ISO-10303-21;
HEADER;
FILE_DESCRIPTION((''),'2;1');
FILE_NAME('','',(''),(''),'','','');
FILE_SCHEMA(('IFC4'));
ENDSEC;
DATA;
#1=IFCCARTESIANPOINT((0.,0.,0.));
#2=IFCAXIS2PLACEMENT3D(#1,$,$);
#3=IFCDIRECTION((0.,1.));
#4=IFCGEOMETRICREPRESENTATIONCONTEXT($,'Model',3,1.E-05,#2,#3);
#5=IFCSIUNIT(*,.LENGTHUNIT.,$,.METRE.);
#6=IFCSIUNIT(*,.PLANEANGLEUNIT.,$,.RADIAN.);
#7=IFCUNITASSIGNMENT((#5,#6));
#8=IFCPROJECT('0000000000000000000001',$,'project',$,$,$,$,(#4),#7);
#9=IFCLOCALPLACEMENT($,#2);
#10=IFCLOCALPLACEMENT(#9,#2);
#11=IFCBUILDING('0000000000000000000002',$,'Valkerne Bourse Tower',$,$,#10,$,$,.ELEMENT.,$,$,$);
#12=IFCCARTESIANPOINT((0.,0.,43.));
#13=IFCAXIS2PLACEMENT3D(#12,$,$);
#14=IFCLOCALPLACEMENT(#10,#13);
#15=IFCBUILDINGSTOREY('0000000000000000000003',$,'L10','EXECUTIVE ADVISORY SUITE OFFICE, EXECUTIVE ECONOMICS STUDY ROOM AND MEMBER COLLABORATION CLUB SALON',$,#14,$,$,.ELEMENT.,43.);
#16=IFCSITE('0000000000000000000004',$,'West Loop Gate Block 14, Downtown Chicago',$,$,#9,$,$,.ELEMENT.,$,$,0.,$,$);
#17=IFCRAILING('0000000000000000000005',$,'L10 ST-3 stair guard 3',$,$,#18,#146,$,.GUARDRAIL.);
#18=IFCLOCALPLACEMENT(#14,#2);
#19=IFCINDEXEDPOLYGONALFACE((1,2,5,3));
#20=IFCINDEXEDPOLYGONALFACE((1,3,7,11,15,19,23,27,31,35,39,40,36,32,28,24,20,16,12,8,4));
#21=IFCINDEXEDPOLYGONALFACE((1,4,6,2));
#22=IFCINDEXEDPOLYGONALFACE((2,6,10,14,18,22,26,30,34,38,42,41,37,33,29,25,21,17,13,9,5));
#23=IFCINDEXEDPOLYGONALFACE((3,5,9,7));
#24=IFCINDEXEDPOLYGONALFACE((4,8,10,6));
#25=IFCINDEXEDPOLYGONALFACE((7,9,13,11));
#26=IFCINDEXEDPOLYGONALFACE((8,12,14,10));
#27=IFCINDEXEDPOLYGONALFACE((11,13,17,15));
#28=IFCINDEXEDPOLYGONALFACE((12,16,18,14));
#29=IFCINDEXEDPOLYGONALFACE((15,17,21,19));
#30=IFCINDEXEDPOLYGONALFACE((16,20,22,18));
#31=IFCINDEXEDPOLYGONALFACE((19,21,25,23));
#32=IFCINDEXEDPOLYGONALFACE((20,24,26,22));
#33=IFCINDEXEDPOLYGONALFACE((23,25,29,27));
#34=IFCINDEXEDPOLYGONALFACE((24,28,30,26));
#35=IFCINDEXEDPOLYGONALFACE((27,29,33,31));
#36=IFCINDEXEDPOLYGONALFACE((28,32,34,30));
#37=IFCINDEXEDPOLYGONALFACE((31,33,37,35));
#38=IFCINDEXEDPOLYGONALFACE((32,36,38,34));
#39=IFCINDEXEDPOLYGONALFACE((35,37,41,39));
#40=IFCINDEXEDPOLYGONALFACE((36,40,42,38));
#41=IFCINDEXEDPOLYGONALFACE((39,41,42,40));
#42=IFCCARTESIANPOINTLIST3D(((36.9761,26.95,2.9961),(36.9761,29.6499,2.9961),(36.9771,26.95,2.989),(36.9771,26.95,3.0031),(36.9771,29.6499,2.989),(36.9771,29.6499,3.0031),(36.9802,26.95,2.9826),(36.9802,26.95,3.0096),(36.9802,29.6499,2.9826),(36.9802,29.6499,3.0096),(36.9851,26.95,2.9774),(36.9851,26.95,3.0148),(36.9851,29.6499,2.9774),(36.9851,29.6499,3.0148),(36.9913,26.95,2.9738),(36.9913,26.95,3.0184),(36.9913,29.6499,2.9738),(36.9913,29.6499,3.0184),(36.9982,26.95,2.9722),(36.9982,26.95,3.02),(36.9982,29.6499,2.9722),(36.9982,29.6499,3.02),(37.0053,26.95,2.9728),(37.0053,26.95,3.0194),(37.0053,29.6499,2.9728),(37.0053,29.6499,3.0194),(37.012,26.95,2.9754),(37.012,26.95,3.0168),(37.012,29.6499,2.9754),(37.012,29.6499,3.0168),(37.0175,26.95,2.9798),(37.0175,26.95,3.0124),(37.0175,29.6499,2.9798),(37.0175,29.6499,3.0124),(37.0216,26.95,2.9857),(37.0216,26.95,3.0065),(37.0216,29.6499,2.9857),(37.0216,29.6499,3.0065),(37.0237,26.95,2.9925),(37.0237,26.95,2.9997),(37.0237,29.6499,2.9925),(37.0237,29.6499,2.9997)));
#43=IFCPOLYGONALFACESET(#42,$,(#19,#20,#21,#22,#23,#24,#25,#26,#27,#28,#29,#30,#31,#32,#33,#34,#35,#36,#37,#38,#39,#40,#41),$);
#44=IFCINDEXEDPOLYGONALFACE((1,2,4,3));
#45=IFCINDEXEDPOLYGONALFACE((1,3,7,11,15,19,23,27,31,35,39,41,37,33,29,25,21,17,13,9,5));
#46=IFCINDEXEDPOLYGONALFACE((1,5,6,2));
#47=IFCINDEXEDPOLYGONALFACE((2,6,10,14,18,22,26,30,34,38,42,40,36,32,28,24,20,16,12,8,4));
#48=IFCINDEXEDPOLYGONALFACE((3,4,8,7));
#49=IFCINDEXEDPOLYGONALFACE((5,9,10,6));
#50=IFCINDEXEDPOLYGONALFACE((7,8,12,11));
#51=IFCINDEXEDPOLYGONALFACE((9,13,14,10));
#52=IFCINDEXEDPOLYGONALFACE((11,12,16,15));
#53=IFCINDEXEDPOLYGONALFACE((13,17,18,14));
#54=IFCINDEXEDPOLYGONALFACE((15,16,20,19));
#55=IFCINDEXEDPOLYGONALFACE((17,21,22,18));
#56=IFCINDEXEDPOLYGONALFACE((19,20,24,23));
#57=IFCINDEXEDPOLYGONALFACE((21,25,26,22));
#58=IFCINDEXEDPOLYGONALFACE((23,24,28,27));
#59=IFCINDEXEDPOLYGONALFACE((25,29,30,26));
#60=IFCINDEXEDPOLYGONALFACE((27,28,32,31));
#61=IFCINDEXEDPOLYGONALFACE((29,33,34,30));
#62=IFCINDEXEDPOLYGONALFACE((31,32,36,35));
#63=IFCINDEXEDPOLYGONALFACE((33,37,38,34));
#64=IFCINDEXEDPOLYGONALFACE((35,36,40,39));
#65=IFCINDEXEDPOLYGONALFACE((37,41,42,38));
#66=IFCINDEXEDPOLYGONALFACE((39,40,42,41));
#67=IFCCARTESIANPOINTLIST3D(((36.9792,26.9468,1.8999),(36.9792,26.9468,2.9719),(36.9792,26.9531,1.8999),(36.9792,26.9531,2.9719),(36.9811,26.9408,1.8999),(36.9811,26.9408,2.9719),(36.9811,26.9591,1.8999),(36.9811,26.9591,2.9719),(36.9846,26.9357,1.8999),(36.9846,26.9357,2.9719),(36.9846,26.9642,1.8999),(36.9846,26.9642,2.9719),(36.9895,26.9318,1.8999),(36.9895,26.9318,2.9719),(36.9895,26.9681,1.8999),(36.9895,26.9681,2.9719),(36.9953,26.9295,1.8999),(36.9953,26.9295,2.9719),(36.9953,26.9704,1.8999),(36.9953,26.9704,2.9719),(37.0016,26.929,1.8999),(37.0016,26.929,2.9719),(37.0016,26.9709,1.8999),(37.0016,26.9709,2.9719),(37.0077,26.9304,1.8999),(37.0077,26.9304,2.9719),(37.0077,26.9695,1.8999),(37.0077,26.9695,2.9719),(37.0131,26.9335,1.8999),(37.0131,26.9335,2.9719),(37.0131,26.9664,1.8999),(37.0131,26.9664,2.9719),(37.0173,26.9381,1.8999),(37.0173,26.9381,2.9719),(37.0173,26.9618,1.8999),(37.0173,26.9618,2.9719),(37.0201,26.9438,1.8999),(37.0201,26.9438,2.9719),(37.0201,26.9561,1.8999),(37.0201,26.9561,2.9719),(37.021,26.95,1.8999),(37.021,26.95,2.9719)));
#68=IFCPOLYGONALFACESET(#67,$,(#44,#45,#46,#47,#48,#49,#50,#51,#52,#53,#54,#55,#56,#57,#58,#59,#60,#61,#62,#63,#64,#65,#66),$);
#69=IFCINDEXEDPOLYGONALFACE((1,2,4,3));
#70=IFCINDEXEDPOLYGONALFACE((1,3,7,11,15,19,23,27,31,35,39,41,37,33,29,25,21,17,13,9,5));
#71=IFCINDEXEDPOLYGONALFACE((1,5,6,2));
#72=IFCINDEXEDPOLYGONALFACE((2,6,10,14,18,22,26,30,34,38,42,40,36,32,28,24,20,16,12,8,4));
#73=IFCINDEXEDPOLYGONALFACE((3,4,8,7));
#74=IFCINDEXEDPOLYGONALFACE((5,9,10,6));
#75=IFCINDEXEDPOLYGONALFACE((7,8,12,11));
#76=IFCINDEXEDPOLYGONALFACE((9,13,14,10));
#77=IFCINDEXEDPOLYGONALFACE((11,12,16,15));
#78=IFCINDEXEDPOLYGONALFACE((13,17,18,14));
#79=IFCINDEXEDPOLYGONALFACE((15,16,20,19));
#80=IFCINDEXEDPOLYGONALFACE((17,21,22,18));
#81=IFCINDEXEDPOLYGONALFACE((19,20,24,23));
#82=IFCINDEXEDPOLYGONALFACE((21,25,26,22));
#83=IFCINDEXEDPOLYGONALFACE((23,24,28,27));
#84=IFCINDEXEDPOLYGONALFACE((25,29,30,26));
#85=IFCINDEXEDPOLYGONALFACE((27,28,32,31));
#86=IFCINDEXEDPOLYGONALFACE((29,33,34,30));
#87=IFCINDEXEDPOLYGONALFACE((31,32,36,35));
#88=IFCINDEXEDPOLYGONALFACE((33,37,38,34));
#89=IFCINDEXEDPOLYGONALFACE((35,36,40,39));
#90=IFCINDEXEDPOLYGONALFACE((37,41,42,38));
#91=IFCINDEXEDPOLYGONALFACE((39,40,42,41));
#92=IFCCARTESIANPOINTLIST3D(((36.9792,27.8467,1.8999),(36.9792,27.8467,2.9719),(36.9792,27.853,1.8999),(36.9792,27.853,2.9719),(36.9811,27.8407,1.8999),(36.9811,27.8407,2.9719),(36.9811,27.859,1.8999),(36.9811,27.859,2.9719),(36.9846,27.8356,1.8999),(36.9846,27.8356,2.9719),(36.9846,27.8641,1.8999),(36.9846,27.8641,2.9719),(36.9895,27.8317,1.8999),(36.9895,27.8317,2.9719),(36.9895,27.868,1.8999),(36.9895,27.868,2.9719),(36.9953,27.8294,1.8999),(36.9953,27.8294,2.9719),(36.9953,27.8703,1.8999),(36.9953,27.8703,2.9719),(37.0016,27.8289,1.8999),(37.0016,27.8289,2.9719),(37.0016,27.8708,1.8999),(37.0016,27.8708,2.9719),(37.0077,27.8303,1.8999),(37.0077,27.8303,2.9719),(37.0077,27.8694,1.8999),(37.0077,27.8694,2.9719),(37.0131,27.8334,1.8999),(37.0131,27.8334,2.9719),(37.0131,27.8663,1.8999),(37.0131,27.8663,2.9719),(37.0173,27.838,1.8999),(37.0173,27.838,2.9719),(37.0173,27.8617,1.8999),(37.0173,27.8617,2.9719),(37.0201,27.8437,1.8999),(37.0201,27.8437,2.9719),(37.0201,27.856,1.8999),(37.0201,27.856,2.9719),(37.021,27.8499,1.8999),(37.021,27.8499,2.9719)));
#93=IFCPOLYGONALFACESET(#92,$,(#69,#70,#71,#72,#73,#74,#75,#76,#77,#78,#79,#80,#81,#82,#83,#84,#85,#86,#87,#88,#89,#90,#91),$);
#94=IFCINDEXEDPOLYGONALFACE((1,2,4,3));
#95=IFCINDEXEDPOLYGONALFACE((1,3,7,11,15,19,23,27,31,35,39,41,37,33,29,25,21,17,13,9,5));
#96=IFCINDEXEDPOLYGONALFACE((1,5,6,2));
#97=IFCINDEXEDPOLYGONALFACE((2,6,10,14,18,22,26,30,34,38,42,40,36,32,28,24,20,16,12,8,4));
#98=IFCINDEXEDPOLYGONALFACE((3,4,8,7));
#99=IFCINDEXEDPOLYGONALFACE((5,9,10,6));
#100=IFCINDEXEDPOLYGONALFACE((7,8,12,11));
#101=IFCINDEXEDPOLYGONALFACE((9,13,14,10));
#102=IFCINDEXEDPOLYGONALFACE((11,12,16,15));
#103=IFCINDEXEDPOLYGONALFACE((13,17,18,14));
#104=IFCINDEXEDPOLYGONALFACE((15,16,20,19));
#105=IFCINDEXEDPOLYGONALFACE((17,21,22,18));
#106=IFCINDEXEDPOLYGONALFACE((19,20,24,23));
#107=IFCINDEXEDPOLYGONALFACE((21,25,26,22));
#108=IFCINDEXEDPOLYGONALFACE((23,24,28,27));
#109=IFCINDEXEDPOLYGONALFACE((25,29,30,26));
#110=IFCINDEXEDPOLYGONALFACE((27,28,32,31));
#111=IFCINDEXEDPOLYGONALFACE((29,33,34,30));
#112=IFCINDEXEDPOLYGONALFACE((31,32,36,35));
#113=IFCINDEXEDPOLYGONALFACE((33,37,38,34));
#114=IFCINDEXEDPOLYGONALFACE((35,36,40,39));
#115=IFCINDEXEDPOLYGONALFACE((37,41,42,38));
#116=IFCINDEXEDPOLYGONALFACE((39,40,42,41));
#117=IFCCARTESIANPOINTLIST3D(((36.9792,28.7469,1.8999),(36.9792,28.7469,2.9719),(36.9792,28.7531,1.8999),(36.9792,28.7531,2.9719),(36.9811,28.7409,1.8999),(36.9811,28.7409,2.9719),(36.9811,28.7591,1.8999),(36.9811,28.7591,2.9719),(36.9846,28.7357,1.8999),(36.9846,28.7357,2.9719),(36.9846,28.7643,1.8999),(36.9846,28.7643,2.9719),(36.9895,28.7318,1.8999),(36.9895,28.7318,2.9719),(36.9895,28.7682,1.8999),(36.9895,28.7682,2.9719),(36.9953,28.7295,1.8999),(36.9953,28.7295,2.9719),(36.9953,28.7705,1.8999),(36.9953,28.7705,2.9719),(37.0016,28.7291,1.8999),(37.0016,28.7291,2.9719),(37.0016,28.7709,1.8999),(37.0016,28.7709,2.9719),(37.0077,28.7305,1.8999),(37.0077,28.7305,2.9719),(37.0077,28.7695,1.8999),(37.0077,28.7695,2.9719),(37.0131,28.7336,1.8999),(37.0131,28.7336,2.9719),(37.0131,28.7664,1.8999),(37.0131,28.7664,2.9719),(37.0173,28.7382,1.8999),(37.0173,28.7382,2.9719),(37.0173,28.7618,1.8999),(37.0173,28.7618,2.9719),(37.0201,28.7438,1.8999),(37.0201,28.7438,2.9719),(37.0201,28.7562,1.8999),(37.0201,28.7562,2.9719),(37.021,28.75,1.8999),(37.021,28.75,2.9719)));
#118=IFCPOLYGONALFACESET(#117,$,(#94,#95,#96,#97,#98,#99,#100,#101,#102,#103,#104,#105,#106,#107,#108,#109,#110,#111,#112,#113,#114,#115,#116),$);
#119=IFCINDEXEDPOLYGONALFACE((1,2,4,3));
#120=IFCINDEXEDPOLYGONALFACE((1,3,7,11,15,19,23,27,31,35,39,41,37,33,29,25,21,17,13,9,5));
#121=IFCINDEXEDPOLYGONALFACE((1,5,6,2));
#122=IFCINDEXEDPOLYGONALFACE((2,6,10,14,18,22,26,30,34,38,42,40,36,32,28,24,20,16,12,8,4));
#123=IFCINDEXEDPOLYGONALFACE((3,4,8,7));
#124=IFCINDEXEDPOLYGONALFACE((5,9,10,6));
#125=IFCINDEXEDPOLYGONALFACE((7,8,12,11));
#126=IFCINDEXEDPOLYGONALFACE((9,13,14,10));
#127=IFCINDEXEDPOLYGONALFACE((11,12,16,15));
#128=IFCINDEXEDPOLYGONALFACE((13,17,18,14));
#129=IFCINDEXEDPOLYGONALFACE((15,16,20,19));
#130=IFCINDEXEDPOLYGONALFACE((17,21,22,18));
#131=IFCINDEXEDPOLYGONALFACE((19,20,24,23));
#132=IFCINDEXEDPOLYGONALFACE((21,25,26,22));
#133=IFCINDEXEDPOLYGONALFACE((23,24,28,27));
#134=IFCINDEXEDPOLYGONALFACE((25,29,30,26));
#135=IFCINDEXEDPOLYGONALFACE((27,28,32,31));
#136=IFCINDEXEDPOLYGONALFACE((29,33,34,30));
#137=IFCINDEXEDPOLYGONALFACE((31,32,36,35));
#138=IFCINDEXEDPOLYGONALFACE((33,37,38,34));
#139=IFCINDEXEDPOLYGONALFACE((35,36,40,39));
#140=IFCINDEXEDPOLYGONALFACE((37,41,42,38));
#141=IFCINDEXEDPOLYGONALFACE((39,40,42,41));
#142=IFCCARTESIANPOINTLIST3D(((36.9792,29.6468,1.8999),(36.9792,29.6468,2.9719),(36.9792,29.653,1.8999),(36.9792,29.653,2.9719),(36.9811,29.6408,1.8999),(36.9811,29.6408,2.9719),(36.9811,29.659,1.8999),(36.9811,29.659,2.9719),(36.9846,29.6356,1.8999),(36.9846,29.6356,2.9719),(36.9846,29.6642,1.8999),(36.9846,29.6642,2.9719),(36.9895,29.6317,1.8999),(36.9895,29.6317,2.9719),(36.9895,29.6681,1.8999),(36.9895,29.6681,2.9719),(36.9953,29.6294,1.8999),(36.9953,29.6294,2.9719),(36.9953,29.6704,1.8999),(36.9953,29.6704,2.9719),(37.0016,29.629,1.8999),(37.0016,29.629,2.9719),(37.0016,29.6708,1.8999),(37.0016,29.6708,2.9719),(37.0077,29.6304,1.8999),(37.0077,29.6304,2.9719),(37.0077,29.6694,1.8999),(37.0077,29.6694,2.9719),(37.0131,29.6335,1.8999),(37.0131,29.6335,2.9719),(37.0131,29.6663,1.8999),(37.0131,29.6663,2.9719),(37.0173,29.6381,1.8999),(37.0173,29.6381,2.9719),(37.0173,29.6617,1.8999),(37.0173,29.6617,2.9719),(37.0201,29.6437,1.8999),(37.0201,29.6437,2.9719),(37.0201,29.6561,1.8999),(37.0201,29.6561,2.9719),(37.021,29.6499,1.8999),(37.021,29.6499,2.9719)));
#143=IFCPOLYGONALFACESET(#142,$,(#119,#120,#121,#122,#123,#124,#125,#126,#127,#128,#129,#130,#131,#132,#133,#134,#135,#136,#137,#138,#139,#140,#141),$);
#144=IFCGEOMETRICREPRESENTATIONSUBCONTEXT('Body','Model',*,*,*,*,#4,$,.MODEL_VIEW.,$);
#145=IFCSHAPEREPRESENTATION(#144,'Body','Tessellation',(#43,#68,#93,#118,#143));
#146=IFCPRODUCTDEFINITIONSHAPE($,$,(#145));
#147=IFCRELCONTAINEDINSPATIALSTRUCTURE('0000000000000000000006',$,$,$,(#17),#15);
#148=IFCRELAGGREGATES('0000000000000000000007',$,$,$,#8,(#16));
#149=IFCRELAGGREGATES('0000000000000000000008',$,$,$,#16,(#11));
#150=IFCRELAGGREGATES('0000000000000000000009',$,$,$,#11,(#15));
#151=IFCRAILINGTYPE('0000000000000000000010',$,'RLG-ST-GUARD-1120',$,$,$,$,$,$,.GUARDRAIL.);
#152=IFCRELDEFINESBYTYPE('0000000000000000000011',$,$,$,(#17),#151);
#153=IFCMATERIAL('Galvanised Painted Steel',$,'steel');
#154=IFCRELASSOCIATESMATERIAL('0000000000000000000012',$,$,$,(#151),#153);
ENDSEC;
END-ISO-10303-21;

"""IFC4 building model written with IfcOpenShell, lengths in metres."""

from ifc_helpers import new_model, si_unit, direction, frame, origin, origin_2d, place, context, subcontext, project, spatial, circle, extrude, material, type_object, element, save


model = new_model("IFC4")

# Units and contexts
model_context = context("Model", 3, precision=1e-05, world=origin(), true_north=direction((0.0, 1.0)))
body_context = subcontext(model_context, "Body", "Model", "MODEL_VIEW")
ifc_project = project(units=[si_unit("LENGTHUNIT", "METRE"), si_unit("PLANEANGLEUNIT", "RADIAN")], contexts=[model_context])

# Site, building, storey
site_placement = place(None, origin())
site = spatial("IfcSite", under=ifc_project, at=site_placement, Name="West Loop Gate Block 14, Downtown Chicago", CompositionType="ELEMENT", RefElevation=0.0)
building_placement = place(site_placement, origin())
building = spatial("IfcBuilding", under=site, at=building_placement, Name="Valkerne Bourse Tower", CompositionType="ELEMENT")
storey_placement = place(building_placement, frame((0.0, 0.0, 43.0)))
storey = spatial("IfcBuildingStorey", under=building, at=storey_placement, Name="L10", Description="EXECUTIVE ADVISORY SUITE OFFICE, EXECUTIVE ECONOMICS STUDY ROOM AND MEMBER COLLABORATION CLUB SALON", CompositionType="ELEMENT", Elevation=43.0)

# Shared definitions
ifc_material_1 = material(Name="Galvanised Painted Steel", Category="steel")

# Railing
railing_type_1 = type_object("IfcRailingType", Name="RLG-ST-GUARD-1120", PredefinedType="GUARDRAIL", material=ifc_material_1)
for number, where, name in (
    (1, (37.0, 26.95, 1.8999), "L10 ST-3 stair guard 3"),
):
    element("IfcRailing", number, at=place(storey_placement, frame(where)), inside=storey, type_object=railing_type_1, Name=name, PredefinedType="GUARDRAIL", context=body_context, shape_type="SweptSolid", body=[
        extrude(circle(Radius=0.0239, at=origin_2d()), frame((0.0, 0.0, 1.0962), z_axis=(0.0, 1.0, 0.0), x_axis=(-1.0, 0.0, 0.0)), (0.0, 0.0, 1.0), 2.7),
        extrude(circle(Radius=0.021, at=origin_2d()), origin(), (0.0, 0.0, 1.0), 1.072),
        extrude(circle(Radius=0.021, at=origin_2d()), frame((0.0, 0.8999, 0.0)), (0.0, 0.0, 1.0), 1.072),
        extrude(circle(Radius=0.021, at=origin_2d()), frame((0.0, 1.8, 0.0)), (0.0, 0.0, 1.0), 1.072),
        extrude(circle(Radius=0.021, at=origin_2d()), frame((0.0, 2.7, 0.0)), (0.0, 0.0, 1.0), 1.072),
    ])

save(model, "model.ifc")
